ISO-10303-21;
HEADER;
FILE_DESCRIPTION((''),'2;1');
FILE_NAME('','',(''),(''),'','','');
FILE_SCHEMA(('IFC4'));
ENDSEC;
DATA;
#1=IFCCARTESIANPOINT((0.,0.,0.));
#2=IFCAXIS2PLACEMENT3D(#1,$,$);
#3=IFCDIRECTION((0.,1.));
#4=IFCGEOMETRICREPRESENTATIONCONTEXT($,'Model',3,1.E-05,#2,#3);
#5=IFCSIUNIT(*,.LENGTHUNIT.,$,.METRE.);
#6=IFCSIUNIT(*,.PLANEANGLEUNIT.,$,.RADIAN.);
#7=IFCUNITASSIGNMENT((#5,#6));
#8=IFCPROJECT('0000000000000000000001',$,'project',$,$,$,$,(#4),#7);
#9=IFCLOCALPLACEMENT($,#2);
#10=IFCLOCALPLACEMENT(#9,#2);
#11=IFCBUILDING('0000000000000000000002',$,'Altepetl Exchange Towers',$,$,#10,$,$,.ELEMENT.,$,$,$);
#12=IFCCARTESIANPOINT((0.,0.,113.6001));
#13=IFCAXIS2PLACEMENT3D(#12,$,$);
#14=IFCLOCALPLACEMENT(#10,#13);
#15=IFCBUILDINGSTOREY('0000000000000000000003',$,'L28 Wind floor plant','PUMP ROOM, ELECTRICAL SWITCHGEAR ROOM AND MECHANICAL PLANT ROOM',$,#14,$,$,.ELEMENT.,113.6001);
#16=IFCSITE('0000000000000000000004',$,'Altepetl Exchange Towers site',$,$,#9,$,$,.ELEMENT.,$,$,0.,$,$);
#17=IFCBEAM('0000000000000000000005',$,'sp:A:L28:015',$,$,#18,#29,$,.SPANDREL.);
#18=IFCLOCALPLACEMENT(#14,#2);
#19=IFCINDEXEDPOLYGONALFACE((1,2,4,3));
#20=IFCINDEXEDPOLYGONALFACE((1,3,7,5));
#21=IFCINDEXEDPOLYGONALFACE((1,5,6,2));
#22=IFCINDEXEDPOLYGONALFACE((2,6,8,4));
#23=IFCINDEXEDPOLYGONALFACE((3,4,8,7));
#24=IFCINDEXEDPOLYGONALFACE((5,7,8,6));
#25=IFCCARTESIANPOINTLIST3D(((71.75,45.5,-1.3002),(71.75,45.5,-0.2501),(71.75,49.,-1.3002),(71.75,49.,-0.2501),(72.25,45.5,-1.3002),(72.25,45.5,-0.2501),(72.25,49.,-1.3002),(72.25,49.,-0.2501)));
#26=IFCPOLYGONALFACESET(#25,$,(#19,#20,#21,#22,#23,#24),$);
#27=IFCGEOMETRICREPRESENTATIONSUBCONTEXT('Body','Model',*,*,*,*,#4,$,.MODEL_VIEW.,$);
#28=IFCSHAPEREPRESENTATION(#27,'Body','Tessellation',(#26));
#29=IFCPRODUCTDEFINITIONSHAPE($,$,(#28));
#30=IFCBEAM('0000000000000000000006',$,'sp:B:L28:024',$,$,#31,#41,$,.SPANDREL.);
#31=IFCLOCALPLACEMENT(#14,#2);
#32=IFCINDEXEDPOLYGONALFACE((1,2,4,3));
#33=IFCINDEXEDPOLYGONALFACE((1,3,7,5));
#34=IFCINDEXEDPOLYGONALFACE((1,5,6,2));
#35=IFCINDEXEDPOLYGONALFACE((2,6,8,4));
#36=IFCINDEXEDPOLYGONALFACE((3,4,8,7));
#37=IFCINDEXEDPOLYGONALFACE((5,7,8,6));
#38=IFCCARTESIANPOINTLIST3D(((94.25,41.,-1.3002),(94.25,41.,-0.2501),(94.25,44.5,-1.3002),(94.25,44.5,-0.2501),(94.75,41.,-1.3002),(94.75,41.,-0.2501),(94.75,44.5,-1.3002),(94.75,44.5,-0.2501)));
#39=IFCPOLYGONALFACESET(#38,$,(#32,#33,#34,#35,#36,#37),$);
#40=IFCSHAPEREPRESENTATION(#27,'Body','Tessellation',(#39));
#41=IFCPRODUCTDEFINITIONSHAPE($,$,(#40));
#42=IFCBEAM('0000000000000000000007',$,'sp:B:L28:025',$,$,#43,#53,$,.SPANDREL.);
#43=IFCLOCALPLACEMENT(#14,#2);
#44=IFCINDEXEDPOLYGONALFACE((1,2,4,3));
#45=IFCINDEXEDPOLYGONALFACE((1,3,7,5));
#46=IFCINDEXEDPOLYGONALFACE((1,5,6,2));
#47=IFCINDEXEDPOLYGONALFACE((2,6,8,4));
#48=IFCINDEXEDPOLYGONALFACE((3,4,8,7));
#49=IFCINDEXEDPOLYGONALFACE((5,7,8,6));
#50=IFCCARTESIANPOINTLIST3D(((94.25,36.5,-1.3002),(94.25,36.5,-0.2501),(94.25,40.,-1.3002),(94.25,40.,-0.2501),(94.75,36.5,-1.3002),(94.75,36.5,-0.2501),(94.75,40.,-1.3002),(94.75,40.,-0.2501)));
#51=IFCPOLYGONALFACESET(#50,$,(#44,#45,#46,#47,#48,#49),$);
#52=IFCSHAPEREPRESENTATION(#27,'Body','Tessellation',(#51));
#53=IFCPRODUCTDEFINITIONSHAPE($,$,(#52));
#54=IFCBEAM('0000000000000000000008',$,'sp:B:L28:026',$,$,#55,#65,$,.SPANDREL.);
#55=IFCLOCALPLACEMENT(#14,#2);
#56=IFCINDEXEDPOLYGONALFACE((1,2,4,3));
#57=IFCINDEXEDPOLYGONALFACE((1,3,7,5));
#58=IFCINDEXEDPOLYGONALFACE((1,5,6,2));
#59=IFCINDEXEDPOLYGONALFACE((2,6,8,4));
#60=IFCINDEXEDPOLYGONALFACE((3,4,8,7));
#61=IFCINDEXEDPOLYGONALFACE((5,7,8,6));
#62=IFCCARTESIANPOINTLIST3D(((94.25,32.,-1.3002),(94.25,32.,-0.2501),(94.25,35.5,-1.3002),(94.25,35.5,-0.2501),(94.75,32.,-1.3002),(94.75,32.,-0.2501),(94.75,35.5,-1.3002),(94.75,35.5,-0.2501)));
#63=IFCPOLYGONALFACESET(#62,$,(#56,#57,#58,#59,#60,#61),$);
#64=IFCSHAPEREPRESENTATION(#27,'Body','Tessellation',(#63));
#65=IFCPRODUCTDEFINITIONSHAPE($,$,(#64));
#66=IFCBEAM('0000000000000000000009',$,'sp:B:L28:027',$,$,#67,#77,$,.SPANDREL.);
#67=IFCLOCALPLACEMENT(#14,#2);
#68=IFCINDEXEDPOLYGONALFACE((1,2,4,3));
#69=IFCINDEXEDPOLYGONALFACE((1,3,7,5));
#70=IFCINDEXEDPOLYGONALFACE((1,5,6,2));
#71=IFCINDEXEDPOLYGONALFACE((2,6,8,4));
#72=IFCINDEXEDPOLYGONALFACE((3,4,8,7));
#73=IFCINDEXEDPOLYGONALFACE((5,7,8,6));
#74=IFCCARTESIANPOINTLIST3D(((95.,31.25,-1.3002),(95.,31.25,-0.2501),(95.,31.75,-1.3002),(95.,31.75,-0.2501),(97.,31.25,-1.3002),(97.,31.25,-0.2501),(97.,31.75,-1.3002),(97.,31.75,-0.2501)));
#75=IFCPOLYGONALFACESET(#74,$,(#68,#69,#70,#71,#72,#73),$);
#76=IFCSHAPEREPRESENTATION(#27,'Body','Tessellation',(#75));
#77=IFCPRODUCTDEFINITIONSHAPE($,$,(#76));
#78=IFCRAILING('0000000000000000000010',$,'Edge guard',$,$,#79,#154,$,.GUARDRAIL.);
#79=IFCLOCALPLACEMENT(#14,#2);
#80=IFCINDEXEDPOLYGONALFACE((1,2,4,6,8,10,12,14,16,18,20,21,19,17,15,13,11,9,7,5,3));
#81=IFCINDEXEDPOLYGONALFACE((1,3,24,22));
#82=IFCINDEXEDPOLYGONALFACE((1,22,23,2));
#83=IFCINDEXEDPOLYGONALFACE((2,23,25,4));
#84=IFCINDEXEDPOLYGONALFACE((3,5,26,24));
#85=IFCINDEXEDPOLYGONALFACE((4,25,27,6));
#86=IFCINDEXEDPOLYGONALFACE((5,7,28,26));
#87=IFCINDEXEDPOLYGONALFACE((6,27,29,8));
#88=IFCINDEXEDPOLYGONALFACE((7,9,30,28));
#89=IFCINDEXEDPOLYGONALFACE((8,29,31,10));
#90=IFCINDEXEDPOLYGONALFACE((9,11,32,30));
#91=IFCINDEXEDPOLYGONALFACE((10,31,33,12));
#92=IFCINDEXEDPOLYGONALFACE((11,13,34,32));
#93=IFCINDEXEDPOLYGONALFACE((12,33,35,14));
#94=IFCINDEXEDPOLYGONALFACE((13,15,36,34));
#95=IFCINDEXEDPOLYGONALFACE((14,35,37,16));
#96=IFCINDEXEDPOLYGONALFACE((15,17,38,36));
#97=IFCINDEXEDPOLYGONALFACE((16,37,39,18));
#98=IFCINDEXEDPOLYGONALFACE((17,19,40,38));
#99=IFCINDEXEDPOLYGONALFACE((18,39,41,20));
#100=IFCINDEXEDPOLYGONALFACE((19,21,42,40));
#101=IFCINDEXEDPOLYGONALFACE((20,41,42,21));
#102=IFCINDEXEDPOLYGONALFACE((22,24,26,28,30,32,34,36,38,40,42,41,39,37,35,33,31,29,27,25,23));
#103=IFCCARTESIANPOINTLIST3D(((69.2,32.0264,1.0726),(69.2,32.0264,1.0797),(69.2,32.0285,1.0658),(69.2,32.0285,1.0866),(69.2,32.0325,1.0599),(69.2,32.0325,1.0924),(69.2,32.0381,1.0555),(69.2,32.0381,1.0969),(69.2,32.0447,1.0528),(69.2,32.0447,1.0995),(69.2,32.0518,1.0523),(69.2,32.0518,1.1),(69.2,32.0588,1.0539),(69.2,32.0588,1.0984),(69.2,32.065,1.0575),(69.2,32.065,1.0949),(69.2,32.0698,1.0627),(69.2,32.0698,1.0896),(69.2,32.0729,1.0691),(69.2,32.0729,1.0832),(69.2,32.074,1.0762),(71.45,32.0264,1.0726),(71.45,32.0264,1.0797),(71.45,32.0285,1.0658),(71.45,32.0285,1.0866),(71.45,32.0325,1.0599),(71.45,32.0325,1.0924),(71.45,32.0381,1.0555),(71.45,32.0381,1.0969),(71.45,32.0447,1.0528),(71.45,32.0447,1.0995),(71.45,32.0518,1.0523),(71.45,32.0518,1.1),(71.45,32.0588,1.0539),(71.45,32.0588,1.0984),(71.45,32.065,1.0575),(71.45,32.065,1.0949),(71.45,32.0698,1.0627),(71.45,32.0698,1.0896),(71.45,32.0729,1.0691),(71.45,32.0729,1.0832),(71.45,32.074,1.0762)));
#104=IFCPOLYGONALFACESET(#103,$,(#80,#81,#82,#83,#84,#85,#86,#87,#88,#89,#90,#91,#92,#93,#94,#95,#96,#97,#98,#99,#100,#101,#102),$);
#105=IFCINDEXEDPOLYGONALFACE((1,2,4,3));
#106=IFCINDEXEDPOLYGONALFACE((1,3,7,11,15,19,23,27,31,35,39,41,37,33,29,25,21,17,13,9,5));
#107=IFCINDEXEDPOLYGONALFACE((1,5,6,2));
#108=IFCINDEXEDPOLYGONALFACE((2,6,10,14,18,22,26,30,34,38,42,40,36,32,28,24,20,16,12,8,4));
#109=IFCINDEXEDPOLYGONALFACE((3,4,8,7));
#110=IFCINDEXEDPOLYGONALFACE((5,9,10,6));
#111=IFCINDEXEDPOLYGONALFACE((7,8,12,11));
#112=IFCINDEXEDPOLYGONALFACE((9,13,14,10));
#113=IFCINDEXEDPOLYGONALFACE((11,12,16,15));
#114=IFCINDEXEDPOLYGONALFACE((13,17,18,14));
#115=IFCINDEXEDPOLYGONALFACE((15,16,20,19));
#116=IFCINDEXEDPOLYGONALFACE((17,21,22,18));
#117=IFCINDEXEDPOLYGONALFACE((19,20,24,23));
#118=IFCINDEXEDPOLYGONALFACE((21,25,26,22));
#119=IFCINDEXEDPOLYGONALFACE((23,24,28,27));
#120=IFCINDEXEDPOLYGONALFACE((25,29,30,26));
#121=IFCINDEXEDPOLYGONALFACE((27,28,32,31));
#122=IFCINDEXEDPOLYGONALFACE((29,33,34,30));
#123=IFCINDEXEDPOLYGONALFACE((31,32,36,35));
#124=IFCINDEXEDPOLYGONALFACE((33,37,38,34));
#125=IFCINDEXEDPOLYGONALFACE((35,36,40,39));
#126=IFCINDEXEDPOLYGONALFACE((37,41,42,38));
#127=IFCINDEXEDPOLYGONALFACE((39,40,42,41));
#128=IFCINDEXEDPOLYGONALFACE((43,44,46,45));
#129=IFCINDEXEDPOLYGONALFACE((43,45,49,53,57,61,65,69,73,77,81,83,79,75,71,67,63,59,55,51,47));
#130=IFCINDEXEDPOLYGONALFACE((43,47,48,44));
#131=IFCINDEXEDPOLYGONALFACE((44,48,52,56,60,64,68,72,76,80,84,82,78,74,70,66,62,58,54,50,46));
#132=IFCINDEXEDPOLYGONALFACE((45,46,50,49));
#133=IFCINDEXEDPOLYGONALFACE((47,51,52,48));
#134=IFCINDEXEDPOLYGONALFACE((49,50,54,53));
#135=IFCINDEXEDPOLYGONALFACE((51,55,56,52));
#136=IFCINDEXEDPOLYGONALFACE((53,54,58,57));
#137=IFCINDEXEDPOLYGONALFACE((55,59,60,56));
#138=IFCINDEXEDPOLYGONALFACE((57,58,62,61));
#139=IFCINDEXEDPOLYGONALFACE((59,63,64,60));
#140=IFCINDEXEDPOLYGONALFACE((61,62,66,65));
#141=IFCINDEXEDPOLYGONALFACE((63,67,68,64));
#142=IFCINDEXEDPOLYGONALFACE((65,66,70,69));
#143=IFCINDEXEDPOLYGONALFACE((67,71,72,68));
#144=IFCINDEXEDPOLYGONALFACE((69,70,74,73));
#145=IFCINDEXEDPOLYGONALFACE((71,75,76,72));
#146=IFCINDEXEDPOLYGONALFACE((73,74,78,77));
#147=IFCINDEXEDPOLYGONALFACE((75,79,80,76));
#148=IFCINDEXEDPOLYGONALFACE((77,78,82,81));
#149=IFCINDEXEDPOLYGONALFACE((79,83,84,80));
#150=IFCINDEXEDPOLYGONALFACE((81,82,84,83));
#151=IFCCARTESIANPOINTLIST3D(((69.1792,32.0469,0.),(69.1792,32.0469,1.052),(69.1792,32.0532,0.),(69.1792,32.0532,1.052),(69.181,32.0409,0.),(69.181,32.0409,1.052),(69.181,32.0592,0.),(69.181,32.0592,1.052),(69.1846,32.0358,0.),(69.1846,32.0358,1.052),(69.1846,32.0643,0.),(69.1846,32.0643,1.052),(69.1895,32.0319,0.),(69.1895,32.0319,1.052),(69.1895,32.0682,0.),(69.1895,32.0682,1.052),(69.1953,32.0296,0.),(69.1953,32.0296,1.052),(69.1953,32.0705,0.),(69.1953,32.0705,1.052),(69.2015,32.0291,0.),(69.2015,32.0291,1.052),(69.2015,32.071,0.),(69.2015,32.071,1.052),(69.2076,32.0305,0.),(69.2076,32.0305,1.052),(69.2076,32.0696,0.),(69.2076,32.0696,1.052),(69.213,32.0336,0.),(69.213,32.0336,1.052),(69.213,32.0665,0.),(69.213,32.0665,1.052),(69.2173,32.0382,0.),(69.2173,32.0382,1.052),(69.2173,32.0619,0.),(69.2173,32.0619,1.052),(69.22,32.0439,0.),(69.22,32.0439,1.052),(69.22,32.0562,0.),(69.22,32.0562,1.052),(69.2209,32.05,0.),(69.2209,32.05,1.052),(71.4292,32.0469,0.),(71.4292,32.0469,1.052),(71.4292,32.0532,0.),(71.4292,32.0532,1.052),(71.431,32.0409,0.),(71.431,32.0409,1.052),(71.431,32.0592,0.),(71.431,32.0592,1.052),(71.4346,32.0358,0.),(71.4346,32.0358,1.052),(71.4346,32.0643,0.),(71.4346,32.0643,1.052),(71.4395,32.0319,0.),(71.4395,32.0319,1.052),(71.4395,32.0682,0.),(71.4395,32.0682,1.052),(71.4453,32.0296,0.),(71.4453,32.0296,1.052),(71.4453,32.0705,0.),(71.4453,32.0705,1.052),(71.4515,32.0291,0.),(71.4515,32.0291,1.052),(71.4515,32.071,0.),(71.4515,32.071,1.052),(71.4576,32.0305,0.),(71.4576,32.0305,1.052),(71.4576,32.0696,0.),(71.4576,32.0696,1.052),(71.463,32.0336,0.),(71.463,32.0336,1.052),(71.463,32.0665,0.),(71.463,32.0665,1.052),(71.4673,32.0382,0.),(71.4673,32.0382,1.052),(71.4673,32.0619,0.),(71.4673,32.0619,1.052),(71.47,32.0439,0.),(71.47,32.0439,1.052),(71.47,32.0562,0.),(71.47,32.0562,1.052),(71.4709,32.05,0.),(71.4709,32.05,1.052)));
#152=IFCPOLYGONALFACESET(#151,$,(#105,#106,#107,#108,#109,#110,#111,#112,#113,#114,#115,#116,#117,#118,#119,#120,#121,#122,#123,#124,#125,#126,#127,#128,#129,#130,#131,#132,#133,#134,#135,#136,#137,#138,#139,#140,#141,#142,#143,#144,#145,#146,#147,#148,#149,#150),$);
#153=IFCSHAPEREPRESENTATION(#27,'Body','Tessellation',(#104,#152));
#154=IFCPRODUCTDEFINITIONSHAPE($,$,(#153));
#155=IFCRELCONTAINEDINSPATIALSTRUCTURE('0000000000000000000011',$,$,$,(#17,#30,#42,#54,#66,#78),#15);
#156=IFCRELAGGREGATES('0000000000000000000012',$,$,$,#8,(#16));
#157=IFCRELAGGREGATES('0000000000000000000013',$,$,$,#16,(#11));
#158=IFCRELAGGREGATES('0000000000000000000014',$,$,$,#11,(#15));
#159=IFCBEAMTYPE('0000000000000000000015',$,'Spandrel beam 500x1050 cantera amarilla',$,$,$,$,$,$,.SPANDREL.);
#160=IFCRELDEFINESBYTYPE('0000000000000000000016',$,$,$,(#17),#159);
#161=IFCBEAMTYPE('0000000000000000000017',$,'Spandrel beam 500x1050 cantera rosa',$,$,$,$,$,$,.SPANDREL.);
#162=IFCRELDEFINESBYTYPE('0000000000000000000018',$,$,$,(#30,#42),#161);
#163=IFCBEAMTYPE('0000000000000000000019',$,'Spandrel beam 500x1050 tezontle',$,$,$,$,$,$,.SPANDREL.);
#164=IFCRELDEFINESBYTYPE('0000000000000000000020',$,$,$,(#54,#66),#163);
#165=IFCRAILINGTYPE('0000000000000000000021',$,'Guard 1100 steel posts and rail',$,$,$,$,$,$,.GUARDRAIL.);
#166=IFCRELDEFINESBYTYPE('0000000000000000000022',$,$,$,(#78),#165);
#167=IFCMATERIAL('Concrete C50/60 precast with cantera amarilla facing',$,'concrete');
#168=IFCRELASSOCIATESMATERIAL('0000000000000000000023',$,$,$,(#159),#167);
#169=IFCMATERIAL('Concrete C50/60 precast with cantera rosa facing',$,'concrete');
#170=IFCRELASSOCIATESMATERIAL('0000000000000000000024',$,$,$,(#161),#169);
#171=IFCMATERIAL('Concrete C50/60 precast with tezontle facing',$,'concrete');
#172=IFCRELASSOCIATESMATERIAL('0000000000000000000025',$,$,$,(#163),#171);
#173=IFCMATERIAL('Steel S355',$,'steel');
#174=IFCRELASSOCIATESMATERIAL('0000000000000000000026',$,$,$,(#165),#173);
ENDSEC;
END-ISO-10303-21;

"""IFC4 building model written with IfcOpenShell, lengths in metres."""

from ifc_helpers import new_model, si_unit, direction, frame, origin, origin_2d, place, context, subcontext, project, spatial, rectangle, circle, extrude, source, transform, mapped, material, material_profile, profile_set, type_object, element, save


model = new_model("IFC4")

# Units and contexts
model_context = context("Model", 3, precision=1e-05, world=origin(), true_north=direction((0.0, 1.0)))
body_context = subcontext(model_context, "Body", "Model", "MODEL_VIEW")
ifc_project = project(units=[si_unit("LENGTHUNIT", "METRE"), si_unit("PLANEANGLEUNIT", "RADIAN")], contexts=[model_context])

# Site, building, storey
site_placement = place(None, origin())
site = spatial("IfcSite", under=ifc_project, at=site_placement, Name="Altepetl Exchange Towers site", CompositionType="ELEMENT", RefElevation=0.0)
building_placement = place(site_placement, origin())
building = spatial("IfcBuilding", under=site, at=building_placement, Name="Altepetl Exchange Towers", CompositionType="ELEMENT")
storey_placement = place(building_placement, frame((0.0, 0.0, 113.6001)))
storey = spatial("IfcBuildingStorey", under=building, at=storey_placement, Name="L28 Wind floor plant", Description="PUMP ROOM, ELECTRICAL SWITCHGEAR ROOM AND MECHANICAL PLANT ROOM", CompositionType="ELEMENT", Elevation=113.6001)

# Beams
ifc_material_1 = material(Name="Steel S355", Category="steel")
ifc_material_2 = material(Name="Concrete C50/60 precast with cantera amarilla facing", Category="concrete")
ifc_material_profile_1 = material_profile(ifc_material_2, rectangle(XDim=0.5, YDim=1.05, at=origin_2d()), Name="500 x 1050")
ifc_profile_set_1 = profile_set([ifc_material_profile_1], Name="Concrete C50/60 precast with cantera amarilla facing")
beam_type_1 = type_object("IfcBeamType", Name="Spandrel beam 500x1050 cantera amarilla", PredefinedType="SPANDREL", material=ifc_profile_set_1)
for number, where, z_axis, x_axis, name in (
    (1, (72.0, 45.5, -0.7751), (0.0, 1.0, 0.0), (-1.0, 0.0, 0.0), "sp:A:L28:015"),
):
    element("IfcBeam", number, at=place(storey_placement, frame(where, z_axis=z_axis, x_axis=x_axis)), inside=storey, type_object=beam_type_1, Name=name, PredefinedType="SPANDREL", context=body_context, shape_type="SweptSolid", body=[
        extrude(rectangle(XDim=0.5, YDim=1.05, at=origin_2d()), origin(), (0.0, 0.0, 1.0), 3.5),
    ])
ifc_material_3 = material(Name="Concrete C50/60 precast with cantera rosa facing", Category="concrete")
ifc_material_profile_2 = material_profile(ifc_material_3, rectangle(XDim=0.5, YDim=1.05, at=origin_2d()), Name="500 x 1050")
ifc_profile_set_2 = profile_set([ifc_material_profile_2], Name="Concrete C50/60 precast with cantera rosa facing")
beam_type_2 = type_object("IfcBeamType", Name="Spandrel beam 500x1050 cantera rosa", PredefinedType="SPANDREL", material=ifc_profile_set_2)
for number, where, z_axis, x_axis, name in (
    (2, (94.5, 44.5, -0.7751), (0.0, -1.0, 0.0), (1.0, 0.0, 0.0), "sp:B:L28:024"),
    (3, (94.5, 40.0, -0.7751), (0.0, -1.0, 0.0), (1.0, 0.0, 0.0), "sp:B:L28:025"),
):
    element("IfcBeam", number, at=place(storey_placement, frame(where, z_axis=z_axis, x_axis=x_axis)), inside=storey, type_object=beam_type_2, Name=name, PredefinedType="SPANDREL", context=body_context, shape_type="SweptSolid", body=[
        extrude(rectangle(XDim=0.5, YDim=1.05, at=origin_2d()), origin(), (0.0, 0.0, 1.0), 3.5),
    ])
ifc_material_4 = material(Name="Concrete C50/60 precast with tezontle facing", Category="concrete")
ifc_material_profile_3 = material_profile(ifc_material_4, rectangle(XDim=0.5, YDim=1.05, at=origin_2d()), Name="500 x 1050")
ifc_profile_set_3 = profile_set([ifc_material_profile_3], Name="Concrete C50/60 precast with tezontle facing")
beam_type_3 = type_object("IfcBeamType", Name="Spandrel beam 500x1050 tezontle", PredefinedType="SPANDREL", material=ifc_profile_set_3)
beam_1_placement = place(storey_placement, frame((94.5, 35.5, -0.7751), z_axis=(0.0, -1.0, 0.0), x_axis=(1.0, 0.0, 0.0)))
element("IfcBeam", 4, at=beam_1_placement, inside=storey, type_object=beam_type_3, Name="sp:B:L28:026", PredefinedType="SPANDREL", context=body_context, shape_type="SweptSolid", body=[
    extrude(rectangle(XDim=0.5, YDim=1.05, at=origin_2d()), origin(), (0.0, 0.0, 1.0), 3.5),
])
beam_2_placement = place(storey_placement, frame((95.0, 31.5, -0.7751), z_axis=(1.0, 0.0, 0.0), x_axis=(0.0, 1.0, 0.0)))
element("IfcBeam", 5, at=beam_2_placement, inside=storey, type_object=beam_type_3, Name="sp:B:L28:027", PredefinedType="SPANDREL", context=body_context, shape_type="SweptSolid", body=[
    extrude(rectangle(XDim=0.5, YDim=1.05, at=origin_2d()), origin(), (0.0, 0.0, 1.0), 2.0),
])

# Railing
railing_type = type_object("IfcRailingType", Name="Guard 1100 steel posts and rail", PredefinedType="GUARDRAIL", material=ifc_material_1)
shared_shape = source(origin(), body_context, "Body", "SweptSolid", [
    extrude(circle(Radius=0.021, at=origin_2d()), origin(), (0.0, 0.0, 1.0), 1.052),
])
railing_1_placement = place(storey_placement, frame((69.2, 32.05, 0.0)))
element("IfcRailing", 6, at=railing_1_placement, inside=storey, type_object=railing_type, Name="Edge guard", PredefinedType="GUARDRAIL", context=body_context, shape_type="SweptSolid", body=[
    extrude(circle(Radius=0.0239, at=origin_2d()), frame((0.0, 0.0, 1.0762), z_axis=(1.0, 0.0, 0.0), x_axis=(0.0, 1.0, 0.0)), (0.0, 0.0, 1.0), 2.25),
    mapped(shared_shape, transform((0.0, 0.0, 0.0))),
    mapped(shared_shape, transform((2.25, 0.0, 0.0))),
])

save(model, "model.ifc")
